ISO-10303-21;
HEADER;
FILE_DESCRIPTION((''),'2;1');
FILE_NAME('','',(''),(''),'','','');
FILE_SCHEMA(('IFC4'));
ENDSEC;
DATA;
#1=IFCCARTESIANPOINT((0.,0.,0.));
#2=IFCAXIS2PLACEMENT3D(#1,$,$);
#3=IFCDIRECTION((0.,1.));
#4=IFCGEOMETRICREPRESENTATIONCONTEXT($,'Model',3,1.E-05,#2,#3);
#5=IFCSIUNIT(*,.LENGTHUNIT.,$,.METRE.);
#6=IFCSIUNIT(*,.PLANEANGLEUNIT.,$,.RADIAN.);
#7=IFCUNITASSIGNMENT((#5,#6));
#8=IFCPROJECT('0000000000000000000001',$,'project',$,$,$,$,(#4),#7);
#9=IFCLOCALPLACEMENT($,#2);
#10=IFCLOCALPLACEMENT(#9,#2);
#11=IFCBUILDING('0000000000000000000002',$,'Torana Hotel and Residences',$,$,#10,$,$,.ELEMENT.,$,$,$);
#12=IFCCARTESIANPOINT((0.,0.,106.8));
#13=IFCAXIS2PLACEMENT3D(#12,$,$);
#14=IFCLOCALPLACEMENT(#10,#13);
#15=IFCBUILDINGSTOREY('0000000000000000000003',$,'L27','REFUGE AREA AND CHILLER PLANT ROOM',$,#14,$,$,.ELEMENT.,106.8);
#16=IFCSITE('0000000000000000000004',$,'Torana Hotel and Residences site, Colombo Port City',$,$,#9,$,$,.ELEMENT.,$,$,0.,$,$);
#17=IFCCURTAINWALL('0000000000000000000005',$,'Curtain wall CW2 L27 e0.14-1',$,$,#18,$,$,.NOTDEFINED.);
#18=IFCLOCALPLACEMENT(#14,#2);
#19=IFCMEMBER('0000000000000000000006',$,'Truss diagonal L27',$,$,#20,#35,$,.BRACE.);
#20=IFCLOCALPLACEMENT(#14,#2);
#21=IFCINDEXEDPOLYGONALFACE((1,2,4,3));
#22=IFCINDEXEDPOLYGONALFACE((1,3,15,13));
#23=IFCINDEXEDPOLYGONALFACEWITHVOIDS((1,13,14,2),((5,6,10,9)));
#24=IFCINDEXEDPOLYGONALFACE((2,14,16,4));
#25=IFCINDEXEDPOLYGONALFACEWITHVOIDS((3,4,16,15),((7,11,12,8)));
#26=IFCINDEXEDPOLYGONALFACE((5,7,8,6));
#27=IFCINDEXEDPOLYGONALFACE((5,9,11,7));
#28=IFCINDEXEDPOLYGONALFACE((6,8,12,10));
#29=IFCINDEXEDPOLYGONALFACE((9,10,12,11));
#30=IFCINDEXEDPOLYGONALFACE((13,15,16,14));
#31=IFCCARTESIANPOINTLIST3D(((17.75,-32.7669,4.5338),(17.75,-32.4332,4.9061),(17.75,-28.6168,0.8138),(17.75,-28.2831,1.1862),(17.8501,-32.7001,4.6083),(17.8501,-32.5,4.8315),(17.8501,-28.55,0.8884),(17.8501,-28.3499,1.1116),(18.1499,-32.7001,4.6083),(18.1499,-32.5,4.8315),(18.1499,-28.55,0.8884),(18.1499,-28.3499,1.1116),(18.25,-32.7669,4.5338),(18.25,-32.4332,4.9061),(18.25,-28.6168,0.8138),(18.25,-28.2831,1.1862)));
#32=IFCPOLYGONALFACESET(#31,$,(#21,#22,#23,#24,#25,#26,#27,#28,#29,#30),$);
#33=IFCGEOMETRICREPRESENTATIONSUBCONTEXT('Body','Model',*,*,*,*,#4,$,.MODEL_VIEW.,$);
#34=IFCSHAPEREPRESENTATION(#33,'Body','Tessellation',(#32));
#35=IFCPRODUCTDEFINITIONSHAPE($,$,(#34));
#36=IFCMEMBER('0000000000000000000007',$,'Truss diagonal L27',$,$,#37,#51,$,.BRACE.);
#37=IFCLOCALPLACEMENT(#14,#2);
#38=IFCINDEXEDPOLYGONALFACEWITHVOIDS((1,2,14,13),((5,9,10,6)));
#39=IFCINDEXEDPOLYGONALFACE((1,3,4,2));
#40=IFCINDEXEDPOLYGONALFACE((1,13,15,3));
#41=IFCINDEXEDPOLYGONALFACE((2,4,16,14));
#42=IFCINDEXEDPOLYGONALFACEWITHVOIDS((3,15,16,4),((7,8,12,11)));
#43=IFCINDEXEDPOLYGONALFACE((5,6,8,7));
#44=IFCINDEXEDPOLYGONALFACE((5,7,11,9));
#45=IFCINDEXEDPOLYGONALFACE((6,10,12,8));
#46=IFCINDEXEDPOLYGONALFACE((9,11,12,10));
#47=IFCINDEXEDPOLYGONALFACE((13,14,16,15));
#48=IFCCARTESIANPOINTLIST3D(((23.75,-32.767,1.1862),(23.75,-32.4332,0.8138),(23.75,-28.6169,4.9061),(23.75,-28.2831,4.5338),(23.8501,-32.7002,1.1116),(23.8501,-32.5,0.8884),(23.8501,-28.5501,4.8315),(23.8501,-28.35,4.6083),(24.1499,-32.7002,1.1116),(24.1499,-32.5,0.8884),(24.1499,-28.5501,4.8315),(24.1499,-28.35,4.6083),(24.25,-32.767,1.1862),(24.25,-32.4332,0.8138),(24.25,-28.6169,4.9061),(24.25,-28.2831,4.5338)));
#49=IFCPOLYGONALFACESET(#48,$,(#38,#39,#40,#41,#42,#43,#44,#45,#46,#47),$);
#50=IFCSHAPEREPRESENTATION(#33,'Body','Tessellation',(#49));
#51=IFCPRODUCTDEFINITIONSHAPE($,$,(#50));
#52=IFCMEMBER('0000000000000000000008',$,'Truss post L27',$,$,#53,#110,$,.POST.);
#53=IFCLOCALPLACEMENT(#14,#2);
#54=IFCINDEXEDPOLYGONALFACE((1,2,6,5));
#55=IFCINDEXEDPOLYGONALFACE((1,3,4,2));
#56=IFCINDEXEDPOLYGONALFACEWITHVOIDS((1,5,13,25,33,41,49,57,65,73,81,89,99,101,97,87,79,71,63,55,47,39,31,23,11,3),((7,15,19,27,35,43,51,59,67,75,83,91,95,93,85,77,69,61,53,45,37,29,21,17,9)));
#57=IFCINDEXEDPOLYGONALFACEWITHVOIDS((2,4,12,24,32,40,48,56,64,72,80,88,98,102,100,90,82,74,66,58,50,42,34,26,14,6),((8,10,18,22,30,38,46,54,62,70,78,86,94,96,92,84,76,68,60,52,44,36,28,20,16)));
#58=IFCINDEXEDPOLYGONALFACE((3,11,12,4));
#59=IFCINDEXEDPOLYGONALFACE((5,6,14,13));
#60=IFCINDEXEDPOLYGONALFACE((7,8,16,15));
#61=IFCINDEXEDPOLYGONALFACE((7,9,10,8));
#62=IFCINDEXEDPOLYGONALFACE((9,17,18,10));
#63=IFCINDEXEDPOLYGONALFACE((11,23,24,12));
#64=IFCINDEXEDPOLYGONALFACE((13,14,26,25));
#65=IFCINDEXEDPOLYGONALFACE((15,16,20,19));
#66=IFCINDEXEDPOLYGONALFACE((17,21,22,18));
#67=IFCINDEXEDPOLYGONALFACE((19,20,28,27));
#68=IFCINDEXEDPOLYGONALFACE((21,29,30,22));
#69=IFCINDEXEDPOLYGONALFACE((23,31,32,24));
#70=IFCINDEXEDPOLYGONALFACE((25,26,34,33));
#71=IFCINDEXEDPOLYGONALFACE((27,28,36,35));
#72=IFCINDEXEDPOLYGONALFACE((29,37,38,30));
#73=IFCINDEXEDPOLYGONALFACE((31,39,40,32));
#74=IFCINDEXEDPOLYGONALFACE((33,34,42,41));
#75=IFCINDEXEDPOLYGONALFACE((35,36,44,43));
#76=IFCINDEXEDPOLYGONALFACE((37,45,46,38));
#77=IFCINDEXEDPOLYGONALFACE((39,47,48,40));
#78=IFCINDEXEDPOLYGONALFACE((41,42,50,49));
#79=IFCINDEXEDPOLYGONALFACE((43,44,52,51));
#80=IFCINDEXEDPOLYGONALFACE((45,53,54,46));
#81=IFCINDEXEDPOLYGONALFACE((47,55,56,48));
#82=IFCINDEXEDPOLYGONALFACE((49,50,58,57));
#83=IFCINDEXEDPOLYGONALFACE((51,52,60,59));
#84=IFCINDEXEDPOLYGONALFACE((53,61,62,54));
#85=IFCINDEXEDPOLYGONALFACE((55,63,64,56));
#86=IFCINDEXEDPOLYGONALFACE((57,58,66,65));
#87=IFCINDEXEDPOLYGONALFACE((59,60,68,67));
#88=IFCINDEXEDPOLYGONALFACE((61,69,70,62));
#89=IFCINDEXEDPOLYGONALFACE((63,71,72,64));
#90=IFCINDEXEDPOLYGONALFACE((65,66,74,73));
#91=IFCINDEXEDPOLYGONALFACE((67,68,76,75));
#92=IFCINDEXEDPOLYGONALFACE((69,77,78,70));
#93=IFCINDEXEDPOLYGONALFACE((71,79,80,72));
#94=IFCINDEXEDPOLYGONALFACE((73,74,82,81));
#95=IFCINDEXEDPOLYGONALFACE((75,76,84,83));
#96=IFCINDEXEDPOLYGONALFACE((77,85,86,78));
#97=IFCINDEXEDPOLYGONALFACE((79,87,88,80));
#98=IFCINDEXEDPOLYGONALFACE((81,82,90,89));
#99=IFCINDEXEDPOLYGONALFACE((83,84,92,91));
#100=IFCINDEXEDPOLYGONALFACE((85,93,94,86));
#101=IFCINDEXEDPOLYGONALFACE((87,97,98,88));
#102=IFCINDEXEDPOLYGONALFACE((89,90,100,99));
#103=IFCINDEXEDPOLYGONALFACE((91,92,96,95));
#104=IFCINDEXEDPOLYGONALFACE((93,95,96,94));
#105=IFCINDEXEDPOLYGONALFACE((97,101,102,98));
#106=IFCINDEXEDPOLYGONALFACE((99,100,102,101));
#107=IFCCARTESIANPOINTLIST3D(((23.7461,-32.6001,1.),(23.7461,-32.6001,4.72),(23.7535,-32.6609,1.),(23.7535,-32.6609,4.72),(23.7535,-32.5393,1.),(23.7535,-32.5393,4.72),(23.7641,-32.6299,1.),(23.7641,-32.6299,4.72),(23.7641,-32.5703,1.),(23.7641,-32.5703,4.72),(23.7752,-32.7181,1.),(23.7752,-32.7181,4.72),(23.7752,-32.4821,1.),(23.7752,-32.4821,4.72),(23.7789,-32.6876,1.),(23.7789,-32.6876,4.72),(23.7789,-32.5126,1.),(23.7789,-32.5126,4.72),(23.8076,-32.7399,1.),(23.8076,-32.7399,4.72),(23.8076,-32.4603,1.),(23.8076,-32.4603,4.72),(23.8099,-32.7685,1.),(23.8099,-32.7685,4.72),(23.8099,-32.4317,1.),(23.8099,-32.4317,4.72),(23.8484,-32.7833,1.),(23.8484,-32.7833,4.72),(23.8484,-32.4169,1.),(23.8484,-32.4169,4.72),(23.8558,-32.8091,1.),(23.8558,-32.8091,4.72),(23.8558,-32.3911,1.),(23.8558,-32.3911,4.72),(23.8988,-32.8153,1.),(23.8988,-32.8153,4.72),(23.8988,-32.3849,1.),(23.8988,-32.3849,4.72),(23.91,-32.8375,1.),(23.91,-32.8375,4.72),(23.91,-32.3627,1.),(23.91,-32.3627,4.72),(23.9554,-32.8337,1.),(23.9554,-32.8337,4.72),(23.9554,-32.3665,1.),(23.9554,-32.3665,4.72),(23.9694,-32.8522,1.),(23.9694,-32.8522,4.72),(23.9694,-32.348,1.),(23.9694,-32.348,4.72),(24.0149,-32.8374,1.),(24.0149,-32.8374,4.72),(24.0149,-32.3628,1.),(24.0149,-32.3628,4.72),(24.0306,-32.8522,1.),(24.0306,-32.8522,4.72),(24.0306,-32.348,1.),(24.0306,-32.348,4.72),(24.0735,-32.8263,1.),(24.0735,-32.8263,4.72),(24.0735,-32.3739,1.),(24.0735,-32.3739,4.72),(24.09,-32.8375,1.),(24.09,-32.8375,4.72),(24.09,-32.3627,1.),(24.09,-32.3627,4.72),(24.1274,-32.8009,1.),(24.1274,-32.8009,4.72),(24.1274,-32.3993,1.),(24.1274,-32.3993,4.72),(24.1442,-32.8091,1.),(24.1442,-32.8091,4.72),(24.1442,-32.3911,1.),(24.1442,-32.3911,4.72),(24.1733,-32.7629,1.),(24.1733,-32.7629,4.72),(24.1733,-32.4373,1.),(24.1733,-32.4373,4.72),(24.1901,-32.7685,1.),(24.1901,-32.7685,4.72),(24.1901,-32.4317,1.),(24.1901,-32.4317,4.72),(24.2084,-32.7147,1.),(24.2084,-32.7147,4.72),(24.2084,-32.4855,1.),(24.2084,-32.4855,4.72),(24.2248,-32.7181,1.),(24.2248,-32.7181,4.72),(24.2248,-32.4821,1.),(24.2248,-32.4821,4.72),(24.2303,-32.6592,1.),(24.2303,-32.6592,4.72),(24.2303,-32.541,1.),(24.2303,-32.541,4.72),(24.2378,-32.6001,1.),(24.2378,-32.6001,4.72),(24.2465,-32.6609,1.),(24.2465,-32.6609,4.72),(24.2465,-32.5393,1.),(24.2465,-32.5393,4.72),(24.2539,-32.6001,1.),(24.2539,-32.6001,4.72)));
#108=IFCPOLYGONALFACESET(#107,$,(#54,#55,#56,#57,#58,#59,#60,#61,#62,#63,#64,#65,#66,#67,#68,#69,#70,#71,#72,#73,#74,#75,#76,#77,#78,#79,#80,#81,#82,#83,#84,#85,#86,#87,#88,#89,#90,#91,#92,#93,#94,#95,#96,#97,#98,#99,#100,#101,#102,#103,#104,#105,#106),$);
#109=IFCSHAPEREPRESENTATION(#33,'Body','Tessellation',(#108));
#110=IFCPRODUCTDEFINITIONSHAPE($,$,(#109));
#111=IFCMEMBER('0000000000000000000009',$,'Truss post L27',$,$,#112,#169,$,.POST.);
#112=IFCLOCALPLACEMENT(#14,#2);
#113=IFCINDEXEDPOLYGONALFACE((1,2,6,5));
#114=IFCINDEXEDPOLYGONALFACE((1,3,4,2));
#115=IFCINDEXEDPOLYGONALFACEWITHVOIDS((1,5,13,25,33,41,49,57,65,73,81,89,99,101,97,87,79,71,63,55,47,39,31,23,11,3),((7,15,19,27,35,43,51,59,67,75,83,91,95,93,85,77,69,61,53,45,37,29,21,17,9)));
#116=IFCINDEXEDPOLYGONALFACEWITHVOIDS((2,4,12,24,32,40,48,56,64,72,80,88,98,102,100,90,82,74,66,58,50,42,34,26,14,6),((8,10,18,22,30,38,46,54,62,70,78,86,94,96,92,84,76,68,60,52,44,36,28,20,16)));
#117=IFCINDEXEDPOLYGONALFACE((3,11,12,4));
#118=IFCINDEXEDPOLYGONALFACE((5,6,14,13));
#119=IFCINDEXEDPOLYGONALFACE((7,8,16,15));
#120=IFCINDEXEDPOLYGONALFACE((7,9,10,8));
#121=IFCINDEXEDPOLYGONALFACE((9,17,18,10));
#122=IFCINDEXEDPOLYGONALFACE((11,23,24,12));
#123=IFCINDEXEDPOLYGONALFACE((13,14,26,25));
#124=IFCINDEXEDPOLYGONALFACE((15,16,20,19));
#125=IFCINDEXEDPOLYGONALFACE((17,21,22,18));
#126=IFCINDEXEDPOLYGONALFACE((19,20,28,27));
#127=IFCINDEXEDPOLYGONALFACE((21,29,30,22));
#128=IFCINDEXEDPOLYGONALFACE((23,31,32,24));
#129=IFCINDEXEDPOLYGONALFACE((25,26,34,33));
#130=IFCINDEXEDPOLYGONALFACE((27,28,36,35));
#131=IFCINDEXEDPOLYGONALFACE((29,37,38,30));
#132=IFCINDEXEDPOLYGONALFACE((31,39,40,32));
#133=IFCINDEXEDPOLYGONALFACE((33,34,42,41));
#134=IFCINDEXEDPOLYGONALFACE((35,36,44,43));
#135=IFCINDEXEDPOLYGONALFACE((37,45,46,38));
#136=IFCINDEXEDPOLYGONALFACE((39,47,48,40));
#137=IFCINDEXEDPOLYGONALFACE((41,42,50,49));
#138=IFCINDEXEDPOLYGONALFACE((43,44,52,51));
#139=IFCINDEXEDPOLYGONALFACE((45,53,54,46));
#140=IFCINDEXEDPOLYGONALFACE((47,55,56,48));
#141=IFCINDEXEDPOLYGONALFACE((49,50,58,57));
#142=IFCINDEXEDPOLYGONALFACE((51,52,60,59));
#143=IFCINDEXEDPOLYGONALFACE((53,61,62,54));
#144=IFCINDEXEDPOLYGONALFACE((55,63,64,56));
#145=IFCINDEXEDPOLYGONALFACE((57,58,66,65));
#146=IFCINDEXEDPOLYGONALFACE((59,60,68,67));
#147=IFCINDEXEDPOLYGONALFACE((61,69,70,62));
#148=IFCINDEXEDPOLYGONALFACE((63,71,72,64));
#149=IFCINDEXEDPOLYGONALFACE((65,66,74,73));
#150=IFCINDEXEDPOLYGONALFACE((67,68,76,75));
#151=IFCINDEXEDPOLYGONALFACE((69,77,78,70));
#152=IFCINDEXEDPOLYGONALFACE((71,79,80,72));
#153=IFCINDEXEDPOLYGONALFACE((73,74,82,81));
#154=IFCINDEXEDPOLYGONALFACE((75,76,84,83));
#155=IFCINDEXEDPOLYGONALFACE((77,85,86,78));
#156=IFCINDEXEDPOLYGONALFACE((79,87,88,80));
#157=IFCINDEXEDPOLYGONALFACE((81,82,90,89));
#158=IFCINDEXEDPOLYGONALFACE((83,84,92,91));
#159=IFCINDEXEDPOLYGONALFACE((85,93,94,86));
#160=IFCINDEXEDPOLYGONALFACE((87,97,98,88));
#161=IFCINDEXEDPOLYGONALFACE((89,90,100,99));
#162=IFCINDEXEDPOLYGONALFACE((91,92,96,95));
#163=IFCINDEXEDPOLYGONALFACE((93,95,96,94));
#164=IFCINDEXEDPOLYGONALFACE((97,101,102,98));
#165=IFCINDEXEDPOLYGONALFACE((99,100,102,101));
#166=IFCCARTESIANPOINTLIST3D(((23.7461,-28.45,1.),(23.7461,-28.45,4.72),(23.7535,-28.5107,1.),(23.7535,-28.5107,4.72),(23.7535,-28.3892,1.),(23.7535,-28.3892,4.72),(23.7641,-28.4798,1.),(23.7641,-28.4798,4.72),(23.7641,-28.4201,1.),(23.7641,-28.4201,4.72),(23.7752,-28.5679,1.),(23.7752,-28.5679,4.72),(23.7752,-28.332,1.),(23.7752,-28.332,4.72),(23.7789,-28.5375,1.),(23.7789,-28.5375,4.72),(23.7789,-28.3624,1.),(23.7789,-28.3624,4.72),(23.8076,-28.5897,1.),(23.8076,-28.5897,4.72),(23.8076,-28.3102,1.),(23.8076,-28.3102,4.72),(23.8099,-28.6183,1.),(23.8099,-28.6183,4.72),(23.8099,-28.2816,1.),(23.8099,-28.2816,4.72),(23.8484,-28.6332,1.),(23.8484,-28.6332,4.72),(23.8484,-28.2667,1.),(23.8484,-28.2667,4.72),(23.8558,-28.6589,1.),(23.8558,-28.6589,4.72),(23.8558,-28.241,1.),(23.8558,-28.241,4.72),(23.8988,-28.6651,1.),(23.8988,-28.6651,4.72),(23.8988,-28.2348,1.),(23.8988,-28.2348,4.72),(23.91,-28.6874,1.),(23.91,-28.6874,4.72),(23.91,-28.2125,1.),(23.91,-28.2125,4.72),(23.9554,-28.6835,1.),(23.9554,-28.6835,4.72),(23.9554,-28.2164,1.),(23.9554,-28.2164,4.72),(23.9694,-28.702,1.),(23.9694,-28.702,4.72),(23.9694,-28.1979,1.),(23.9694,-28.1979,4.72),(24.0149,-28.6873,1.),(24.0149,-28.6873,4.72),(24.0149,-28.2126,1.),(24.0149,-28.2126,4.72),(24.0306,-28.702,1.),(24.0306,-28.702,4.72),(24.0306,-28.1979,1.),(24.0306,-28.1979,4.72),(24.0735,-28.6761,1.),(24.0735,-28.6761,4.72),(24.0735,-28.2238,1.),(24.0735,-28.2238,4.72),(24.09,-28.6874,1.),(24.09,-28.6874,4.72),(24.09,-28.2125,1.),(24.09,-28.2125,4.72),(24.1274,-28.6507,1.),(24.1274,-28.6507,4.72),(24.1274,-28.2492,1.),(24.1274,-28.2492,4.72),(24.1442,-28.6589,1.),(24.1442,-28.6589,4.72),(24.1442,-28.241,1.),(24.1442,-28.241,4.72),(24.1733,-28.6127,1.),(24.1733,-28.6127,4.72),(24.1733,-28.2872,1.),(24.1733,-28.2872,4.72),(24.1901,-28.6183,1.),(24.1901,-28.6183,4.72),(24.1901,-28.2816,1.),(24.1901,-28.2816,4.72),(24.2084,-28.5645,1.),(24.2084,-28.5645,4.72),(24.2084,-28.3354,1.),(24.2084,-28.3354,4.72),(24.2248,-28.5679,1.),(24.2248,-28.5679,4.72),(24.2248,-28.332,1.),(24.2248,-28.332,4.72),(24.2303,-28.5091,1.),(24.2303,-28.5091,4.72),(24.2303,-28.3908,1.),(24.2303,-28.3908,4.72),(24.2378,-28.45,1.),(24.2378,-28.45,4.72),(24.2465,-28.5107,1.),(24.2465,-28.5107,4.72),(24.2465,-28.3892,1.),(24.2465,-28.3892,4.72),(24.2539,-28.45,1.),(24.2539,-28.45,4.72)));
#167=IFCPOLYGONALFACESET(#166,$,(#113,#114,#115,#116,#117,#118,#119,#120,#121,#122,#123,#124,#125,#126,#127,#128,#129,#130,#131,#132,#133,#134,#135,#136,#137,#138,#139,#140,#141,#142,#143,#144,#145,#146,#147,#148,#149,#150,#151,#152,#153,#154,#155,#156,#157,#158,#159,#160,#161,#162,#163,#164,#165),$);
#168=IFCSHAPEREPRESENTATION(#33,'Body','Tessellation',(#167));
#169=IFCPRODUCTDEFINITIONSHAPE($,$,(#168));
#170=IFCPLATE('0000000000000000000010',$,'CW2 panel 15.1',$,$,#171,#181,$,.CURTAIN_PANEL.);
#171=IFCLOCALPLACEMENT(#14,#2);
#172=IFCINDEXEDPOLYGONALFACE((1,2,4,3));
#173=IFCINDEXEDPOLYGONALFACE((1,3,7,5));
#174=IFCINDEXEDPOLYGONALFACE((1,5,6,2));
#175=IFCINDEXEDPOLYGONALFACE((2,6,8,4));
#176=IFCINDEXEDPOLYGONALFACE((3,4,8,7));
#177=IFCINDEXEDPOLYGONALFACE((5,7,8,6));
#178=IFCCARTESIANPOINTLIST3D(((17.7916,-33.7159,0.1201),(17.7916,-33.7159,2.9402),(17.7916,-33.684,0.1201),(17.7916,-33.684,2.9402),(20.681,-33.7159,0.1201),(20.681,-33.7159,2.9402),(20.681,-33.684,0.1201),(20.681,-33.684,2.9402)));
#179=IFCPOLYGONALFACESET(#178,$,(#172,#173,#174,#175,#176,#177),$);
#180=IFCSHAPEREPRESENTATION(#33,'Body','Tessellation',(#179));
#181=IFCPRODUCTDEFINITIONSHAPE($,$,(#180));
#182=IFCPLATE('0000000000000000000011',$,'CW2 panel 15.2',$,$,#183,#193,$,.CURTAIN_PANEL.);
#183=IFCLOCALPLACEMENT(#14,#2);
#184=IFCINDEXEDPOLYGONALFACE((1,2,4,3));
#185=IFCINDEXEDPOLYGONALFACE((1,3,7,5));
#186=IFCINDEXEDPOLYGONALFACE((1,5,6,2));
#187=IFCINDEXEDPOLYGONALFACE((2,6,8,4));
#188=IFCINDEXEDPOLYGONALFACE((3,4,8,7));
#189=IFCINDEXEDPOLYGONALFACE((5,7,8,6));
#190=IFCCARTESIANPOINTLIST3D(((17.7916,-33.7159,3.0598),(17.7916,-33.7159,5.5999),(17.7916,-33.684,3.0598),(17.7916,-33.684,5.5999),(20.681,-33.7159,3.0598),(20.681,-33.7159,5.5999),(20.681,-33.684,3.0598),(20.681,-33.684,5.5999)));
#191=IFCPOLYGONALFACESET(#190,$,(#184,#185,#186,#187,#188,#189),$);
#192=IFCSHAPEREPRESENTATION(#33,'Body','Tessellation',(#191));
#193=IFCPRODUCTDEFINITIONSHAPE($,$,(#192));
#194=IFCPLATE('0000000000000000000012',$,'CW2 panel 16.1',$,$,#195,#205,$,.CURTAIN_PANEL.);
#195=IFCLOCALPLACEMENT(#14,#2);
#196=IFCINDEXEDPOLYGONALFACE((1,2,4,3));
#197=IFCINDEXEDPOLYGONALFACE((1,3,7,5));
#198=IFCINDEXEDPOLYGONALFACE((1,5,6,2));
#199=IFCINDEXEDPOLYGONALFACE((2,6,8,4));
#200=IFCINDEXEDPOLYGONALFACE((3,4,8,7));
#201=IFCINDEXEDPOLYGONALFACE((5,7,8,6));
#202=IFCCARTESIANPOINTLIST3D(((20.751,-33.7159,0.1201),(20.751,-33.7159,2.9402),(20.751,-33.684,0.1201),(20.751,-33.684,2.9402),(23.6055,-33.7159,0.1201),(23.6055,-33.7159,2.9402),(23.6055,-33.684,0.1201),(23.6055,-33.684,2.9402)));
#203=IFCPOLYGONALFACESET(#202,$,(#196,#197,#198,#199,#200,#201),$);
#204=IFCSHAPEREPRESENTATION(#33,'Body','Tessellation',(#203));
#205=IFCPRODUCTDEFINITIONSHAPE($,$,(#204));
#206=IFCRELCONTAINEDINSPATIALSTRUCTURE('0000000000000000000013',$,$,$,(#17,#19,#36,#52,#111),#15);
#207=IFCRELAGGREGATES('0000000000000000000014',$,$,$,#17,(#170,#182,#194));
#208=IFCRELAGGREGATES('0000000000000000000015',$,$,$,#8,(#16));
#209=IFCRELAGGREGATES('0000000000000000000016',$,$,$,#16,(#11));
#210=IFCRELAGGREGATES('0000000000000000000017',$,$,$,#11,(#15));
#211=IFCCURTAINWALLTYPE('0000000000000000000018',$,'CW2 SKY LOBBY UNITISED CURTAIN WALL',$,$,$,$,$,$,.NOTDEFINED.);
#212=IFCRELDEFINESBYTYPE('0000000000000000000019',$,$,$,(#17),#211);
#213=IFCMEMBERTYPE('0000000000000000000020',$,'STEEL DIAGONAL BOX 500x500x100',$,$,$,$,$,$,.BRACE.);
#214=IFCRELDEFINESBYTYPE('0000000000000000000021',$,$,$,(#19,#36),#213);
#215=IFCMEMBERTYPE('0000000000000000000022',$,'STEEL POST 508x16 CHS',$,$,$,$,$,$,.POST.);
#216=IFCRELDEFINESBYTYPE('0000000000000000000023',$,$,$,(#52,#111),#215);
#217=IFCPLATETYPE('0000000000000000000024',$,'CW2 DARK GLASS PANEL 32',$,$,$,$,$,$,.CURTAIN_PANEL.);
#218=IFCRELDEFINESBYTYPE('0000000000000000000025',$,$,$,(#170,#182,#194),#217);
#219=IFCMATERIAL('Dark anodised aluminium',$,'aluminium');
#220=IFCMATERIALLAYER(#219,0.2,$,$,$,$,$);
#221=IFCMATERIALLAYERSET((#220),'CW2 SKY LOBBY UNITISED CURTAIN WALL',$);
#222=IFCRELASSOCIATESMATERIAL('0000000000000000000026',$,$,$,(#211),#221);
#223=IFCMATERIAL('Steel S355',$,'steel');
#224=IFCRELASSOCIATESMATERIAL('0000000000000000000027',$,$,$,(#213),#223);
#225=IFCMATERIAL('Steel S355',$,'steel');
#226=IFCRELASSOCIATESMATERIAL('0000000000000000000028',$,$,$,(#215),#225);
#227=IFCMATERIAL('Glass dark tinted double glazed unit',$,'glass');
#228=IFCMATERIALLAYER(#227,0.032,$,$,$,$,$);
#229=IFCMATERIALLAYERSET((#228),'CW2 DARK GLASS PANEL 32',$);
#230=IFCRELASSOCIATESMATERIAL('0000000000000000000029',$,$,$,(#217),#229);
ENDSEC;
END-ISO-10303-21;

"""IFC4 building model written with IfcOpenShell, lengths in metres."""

from ifc_helpers import new_model, si_unit, direction, frame, origin, origin_2d, place, context, subcontext, project, spatial, rectangle, hollow_rectangle, hollow_circle, extrude, material, layer, layer_set, material_profile, profile_set, type_object, element, aggregate, save


model = new_model("IFC4")

# Units and contexts
model_context = context("Model", 3, precision=1e-05, world=origin(), true_north=direction((0.0, 1.0)))
body_context = subcontext(model_context, "Body", "Model", "MODEL_VIEW")
ifc_project = project(units=[si_unit("LENGTHUNIT", "METRE"), si_unit("PLANEANGLEUNIT", "RADIAN")], contexts=[model_context])

# Site, building, storey
site_placement = place(None, origin())
site = spatial("IfcSite", under=ifc_project, at=site_placement, Name="Torana Hotel and Residences site, Colombo Port City", CompositionType="ELEMENT", RefElevation=0.0)
building_placement = place(site_placement, origin())
building = spatial("IfcBuilding", under=site, at=building_placement, Name="Torana Hotel and Residences", CompositionType="ELEMENT")
storey_placement = place(building_placement, frame((0.0, 0.0, 106.8)))
storey = spatial("IfcBuildingStorey", under=building, at=storey_placement, Name="L27", Description="REFUGE AREA AND CHILLER PLANT ROOM", CompositionType="ELEMENT", Elevation=106.8)

# Curtain wall
ifc_material_1 = material(Name="Dark anodised aluminium", Category="aluminium")
ifc_layer_1 = layer(ifc_material_1, 0.2)
ifc_layer_set_1 = layer_set([ifc_layer_1], Name="CW2 SKY LOBBY UNITISED CURTAIN WALL")
curtain_wall_type = type_object("IfcCurtainWallType", Name="CW2 SKY LOBBY UNITISED CURTAIN WALL", PredefinedType="NOTDEFINED", material=ifc_layer_set_1)
curtain_wall_1_placement = place(storey_placement, origin())
curtain_wall_1 = element("IfcCurtainWall", 1, at=curtain_wall_1_placement, inside=storey, type_object=curtain_wall_type, Name="Curtain wall CW2 L27 e0.14-1", PredefinedType="NOTDEFINED")

# Members
ifc_material_2 = material(Name="Steel S355", Category="steel")
ifc_material_profile_1 = material_profile(ifc_material_2, hollow_rectangle(XDim=0.5, YDim=0.5, WallThickness=0.1001, at=origin_2d()), Name="BOX 500x500x100")
ifc_profile_set_1 = profile_set([ifc_material_profile_1], Name="Steel S355")
member_type_1 = type_object("IfcMemberType", Name="STEEL DIAGONAL BOX 500x500x100", PredefinedType="BRACE", material=ifc_profile_set_1)
for number, where, z_axis, x_axis, name in (
    (2, (18.0, -28.45, 1.0), (0.0, -0.744645, 0.66746), (1.0, 0.0, 0.0), "Truss diagonal L27"),
    (3, (24.0, -32.6001, 1.0), (0.0, 0.744645, 0.66746), (-1.0, 0.0, 0.0), "Truss diagonal L27"),
):
    element("IfcMember", number, at=place(storey_placement, frame(where, z_axis=z_axis, x_axis=x_axis)), inside=storey, type_object=member_type_1, Name=name, PredefinedType="BRACE", context=body_context, shape_type="SweptSolid", body=[
        extrude(hollow_rectangle(XDim=0.5, YDim=0.5, WallThickness=0.1001, at=origin_2d()), origin(), (0.0, 0.0, 1.0), 5.5732),
    ])
ifc_material_3 = material(Name="Steel S355", Category="steel")
ifc_material_profile_2 = material_profile(ifc_material_3, hollow_circle(Radius=0.2539, WallThickness=0.0161, at=origin_2d()), Name="508x16 CHS")
ifc_profile_set_2 = profile_set([ifc_material_profile_2], Name="Steel S355")
member_type_2 = type_object("IfcMemberType", Name="STEEL POST 508x16 CHS", PredefinedType="POST", material=ifc_profile_set_2)
for number, where, z_axis, x_axis, name in (
    (4, (24.0, -32.6001, 1.0), (0.0, 0.0, 1.0), (1.0, 0.0, 0.0), "Truss post L27"),
    (5, (24.0, -28.45, 1.0), (0.0, 0.0, 1.0), (1.0, 0.0, 0.0), "Truss post L27"),
):
    element("IfcMember", number, at=place(storey_placement, frame(where, z_axis=z_axis, x_axis=x_axis)), inside=storey, type_object=member_type_2, Name=name, PredefinedType="POST", context=body_context, shape_type="SweptSolid", body=[
        extrude(hollow_circle(Radius=0.2539, WallThickness=0.0161, at=origin_2d()), origin(), (0.0, 0.0, 1.0), 3.72),
    ])

# Plates
ifc_material_4 = material(Name="Glass dark tinted double glazed unit", Category="glass")
ifc_layer_2 = layer(ifc_material_4, 0.032)
ifc_layer_set_2 = layer_set([ifc_layer_2], Name="CW2 DARK GLASS PANEL 32")
plate_type = type_object("IfcPlateType", Name="CW2 DARK GLASS PANEL 32", PredefinedType="CURTAIN_PANEL", material=ifc_layer_set_2)
plate_1_placement = place(storey_placement, frame((19.2363, -33.7, 0.1201), z_axis=(0.0, 0.0, 1.0), x_axis=(1.0, 0.0, 0.0)))
plate_1 = element("IfcPlate", 6, at=plate_1_placement, type_object=plate_type, Name="CW2 panel 15.1", PredefinedType="CURTAIN_PANEL", context=body_context, shape_type="SweptSolid", body=[
    extrude(rectangle(XDim=2.8894, YDim=0.032, at=origin_2d()), origin(), (0.0, 0.0, 1.0), 2.8201),
])
plate_2_placement = place(storey_placement, frame((19.2363, -33.7, 3.0598), z_axis=(0.0, 0.0, 1.0), x_axis=(1.0, 0.0, 0.0)))
plate_2 = element("IfcPlate", 7, at=plate_2_placement, type_object=plate_type, Name="CW2 panel 15.2", PredefinedType="CURTAIN_PANEL", context=body_context, shape_type="SweptSolid", body=[
    extrude(rectangle(XDim=2.8894, YDim=0.032, at=origin_2d()), origin(), (0.0, 0.0, 1.0), 2.54),
])
plate_3_placement = place(storey_placement, frame((22.1782, -33.7, 0.1201), z_axis=(0.0, 0.0, 1.0), x_axis=(1.0, 0.0, 0.0)))
plate_3 = element("IfcPlate", 8, at=plate_3_placement, type_object=plate_type, Name="CW2 panel 16.1", PredefinedType="CURTAIN_PANEL", context=body_context, shape_type="SweptSolid", body=[
    extrude(rectangle(XDim=2.8545, YDim=0.032, at=origin_2d()), origin(), (0.0, 0.0, 1.0), 2.8201),
])
aggregate(curtain_wall_1, [plate_1, plate_2, plate_3])

save(model, "model.ifc")
